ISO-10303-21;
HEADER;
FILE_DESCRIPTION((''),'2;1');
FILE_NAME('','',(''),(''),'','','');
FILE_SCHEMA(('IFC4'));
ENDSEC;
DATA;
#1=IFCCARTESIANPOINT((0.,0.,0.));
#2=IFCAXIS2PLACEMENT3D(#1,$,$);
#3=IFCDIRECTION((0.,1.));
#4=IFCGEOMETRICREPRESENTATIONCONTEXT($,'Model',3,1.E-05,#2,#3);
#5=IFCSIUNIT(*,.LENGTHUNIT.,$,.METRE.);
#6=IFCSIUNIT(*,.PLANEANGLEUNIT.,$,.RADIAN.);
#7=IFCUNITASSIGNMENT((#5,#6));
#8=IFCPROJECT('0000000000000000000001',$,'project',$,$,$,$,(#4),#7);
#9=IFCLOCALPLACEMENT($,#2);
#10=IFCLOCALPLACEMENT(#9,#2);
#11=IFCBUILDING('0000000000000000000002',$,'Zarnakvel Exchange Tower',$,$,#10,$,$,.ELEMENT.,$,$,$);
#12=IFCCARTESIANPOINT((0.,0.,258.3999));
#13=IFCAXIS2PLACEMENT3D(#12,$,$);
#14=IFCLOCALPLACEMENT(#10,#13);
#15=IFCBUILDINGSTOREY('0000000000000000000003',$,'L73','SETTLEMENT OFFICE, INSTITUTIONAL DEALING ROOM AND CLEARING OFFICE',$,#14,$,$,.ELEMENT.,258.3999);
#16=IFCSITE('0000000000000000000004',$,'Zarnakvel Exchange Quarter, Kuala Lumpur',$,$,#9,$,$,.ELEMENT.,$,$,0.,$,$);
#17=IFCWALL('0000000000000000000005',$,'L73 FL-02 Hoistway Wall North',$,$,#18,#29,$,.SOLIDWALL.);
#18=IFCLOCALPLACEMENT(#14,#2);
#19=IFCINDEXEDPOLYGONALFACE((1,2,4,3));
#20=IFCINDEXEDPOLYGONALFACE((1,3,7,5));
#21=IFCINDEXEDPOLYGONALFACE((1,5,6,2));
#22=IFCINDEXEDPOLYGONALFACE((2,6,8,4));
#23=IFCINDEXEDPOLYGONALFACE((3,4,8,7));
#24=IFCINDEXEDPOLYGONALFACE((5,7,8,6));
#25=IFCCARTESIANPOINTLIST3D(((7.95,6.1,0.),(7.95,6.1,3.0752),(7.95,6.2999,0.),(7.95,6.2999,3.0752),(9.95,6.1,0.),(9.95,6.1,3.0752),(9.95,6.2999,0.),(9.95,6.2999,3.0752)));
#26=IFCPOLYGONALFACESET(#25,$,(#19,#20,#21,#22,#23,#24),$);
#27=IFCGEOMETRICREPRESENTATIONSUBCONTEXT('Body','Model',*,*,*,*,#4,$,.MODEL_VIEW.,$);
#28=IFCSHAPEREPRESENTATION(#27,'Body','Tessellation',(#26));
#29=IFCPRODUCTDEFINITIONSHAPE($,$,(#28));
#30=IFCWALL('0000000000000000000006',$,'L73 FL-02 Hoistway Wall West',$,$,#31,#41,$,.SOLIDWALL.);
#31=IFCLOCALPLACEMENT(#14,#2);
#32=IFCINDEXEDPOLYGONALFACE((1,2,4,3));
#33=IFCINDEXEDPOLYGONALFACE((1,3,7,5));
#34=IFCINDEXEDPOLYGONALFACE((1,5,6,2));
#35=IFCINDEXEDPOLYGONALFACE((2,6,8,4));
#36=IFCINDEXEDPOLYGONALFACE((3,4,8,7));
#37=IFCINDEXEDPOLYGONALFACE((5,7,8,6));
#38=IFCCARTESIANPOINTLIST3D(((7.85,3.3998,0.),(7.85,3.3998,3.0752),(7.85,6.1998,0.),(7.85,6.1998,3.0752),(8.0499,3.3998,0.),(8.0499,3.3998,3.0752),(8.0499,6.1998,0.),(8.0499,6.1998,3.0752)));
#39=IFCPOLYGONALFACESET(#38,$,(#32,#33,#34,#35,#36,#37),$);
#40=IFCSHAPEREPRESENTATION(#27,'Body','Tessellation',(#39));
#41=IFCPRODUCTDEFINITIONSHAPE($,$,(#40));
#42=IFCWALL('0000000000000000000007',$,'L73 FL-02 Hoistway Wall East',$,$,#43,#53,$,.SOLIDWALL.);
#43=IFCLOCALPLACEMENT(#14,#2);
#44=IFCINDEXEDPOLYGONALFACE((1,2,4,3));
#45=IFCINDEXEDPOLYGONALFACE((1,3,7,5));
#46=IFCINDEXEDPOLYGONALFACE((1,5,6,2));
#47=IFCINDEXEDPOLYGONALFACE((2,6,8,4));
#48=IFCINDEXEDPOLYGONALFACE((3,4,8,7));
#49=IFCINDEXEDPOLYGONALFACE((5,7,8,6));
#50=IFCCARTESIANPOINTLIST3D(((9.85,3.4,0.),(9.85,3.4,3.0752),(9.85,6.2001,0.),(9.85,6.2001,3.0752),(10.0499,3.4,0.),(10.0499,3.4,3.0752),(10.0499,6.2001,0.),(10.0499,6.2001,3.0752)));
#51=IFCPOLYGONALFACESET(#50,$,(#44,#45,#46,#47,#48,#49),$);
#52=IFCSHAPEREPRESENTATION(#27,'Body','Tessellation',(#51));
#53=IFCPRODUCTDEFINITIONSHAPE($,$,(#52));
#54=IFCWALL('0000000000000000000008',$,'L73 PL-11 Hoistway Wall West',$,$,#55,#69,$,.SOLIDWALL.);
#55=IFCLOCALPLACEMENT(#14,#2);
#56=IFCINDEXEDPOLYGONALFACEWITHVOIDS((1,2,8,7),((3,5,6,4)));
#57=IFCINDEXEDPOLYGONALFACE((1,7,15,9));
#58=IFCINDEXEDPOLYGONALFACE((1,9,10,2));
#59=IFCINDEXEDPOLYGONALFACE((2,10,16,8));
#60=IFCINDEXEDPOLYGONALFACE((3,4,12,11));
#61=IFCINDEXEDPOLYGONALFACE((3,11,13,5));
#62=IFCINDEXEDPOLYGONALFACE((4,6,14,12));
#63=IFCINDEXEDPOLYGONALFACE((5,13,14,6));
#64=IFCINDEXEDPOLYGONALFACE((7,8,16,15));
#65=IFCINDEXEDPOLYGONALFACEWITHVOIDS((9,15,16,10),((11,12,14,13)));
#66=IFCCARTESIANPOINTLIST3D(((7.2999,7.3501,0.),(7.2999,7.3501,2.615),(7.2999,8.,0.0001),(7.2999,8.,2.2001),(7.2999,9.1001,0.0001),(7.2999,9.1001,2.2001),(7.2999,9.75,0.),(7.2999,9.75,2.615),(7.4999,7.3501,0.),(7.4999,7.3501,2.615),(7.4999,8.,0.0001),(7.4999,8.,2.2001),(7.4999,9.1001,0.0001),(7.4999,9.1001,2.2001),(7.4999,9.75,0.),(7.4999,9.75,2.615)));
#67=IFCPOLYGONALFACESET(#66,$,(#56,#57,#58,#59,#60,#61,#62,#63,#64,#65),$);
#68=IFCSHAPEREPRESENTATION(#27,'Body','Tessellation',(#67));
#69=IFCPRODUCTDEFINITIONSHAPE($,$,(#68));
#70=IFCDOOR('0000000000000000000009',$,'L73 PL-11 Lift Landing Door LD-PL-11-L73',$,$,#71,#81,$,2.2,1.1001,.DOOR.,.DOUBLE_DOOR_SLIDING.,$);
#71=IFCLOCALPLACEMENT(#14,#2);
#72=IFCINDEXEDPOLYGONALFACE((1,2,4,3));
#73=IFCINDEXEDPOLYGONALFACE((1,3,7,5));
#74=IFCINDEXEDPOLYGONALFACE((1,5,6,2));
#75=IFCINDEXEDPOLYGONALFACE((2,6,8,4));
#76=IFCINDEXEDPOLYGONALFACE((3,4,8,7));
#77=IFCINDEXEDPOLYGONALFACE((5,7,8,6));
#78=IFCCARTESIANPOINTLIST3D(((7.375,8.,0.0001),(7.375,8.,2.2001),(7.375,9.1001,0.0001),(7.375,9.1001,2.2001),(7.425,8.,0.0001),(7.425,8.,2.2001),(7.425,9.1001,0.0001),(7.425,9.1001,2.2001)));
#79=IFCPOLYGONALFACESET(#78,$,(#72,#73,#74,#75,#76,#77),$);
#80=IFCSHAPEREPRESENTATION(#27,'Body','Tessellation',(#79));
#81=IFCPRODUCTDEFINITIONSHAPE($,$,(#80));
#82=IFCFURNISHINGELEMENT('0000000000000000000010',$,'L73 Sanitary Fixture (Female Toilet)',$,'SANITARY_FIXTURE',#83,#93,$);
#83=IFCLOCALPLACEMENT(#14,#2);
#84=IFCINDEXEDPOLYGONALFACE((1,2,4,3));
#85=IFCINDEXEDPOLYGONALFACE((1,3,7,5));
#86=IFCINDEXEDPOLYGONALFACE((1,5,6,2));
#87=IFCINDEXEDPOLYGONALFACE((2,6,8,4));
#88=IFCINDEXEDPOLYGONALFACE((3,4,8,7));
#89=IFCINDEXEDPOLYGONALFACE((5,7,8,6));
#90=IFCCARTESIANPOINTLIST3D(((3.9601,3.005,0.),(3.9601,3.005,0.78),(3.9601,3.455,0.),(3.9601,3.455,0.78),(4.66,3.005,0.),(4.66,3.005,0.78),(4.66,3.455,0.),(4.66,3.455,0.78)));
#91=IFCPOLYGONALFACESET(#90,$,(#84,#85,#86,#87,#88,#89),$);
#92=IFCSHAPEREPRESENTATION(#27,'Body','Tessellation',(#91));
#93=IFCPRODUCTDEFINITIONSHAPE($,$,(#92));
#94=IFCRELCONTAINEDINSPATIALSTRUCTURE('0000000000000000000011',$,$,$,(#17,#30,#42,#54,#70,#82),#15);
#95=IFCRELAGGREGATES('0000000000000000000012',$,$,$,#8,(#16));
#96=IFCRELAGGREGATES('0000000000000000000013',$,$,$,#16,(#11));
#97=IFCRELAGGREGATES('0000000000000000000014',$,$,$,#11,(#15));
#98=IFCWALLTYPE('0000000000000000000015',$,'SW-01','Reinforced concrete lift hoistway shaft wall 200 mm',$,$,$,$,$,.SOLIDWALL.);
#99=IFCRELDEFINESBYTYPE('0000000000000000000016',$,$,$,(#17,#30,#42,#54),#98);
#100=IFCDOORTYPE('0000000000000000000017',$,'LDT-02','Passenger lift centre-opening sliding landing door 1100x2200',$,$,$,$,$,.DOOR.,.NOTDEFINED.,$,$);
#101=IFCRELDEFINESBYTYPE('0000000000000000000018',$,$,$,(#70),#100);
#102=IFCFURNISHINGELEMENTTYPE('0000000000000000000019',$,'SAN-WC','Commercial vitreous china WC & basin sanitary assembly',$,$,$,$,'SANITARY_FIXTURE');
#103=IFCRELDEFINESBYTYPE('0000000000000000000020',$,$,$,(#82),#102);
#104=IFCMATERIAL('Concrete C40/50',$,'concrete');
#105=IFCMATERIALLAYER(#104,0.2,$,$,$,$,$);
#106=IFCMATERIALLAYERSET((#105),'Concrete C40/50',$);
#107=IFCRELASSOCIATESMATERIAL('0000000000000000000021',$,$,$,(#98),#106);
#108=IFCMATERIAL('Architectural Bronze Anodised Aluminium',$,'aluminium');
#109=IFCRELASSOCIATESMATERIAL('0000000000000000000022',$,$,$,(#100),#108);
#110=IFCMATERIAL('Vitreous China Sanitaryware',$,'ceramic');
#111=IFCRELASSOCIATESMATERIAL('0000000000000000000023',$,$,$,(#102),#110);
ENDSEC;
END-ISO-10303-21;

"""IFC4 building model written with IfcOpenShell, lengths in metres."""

from ifc_helpers import new_model, si_unit, direction, frame, frame_2d, origin, origin_2d, place, context, subcontext, project, spatial, rectangle, extrude, source, transform, mapped, material, layer, layer_set, type_object, element, fill, save


model = new_model("IFC4")

# Units and contexts
model_context = context("Model", 3, precision=1e-05, world=origin(), true_north=direction((0.0, 1.0)))
body_context = subcontext(model_context, "Body", "Model", "MODEL_VIEW")
ifc_project = project(units=[si_unit("LENGTHUNIT", "METRE"), si_unit("PLANEANGLEUNIT", "RADIAN")], contexts=[model_context])

# Site, building, storey
site_placement = place(None, origin())
site = spatial("IfcSite", under=ifc_project, at=site_placement, Name="Zarnakvel Exchange Quarter, Kuala Lumpur", CompositionType="ELEMENT", RefElevation=0.0)
building_placement = place(site_placement, origin())
building = spatial("IfcBuilding", under=site, at=building_placement, Name="Zarnakvel Exchange Tower", CompositionType="ELEMENT")
storey_placement = place(building_placement, frame((0.0, 0.0, 258.3999)))
storey = spatial("IfcBuildingStorey", under=building, at=storey_placement, Name="L73", Description="SETTLEMENT OFFICE, INSTITUTIONAL DEALING ROOM AND CLEARING OFFICE", CompositionType="ELEMENT", Elevation=258.3999)

# Shared definitions
ifc_material_1 = material(Name="Concrete C40/50", Category="concrete")

# Shared definitions
ifc_layer_1 = layer(ifc_material_1, 0.2)
ifc_layer_set_1 = layer_set([ifc_layer_1], Name="Concrete C40/50")
wall_type_1 = type_object("IfcWallType", Name="SW-01", Description="Reinforced concrete lift hoistway shaft wall 200 mm", PredefinedType="SOLIDWALL", material=ifc_layer_set_1)
shared_shape_1 = source(origin(), body_context, "Body", "SweptSolid", [
    extrude(rectangle(XDim=1.1001, YDim=2.2, at=frame_2d((0.55, 1.1001))), frame((0.0, 0.0249, 0.0), z_axis=(0.0, -1.0, 0.0), x_axis=(1.0, 0.0, 0.0)), (0.0, 0.0, 1.0), 0.05),
])

# Walls
wall_1_placement = place(storey_placement, frame((7.95, 6.2, 0.0), z_axis=(0.0, 0.0, 1.0), x_axis=(1.0, 0.0, 0.0)))
element("IfcWall", 1, at=wall_1_placement, inside=storey, type_object=wall_type_1, Name="L73 FL-02 Hoistway Wall North", PredefinedType="SOLIDWALL", context=body_context, shape_type="SweptSolid", body=[
    extrude(rectangle(XDim=2.0, YDim=0.2, at=frame_2d((1.0, 0.0))), origin(), (0.0, 0.0, 1.0), 3.0752),
])
for number, where, z_axis, x_axis, name in (
    (2, (7.95, 3.3999, 0.0), (0.0, 0.0, 1.0), (0.0, 1.0, 0.0), "L73 FL-02 Hoistway Wall West"),
    (3, (9.95, 6.2, 0.0), (0.0, 0.0, 1.0), (0.0, -1.0, 0.0), "L73 FL-02 Hoistway Wall East"),
):
    element("IfcWall", number, at=place(storey_placement, frame(where, z_axis=z_axis, x_axis=x_axis)), inside=storey, type_object=wall_type_1, Name=name, PredefinedType="SOLIDWALL", context=body_context, shape_type="SweptSolid", body=[
        extrude(rectangle(XDim=2.8, YDim=0.2, at=frame_2d((1.3999, 0.0))), origin(), (0.0, 0.0, 1.0), 3.0752),
    ])

# Wall, opening, door
wall_2_placement = place(storey_placement, frame((7.3999, 7.3501, 0.0), z_axis=(0.0, 0.0, 1.0), x_axis=(0.0, 1.0, 0.0)))
wall_2 = element("IfcWall", 4, at=wall_2_placement, inside=storey, type_object=wall_type_1, Name="L73 PL-11 Hoistway Wall West", PredefinedType="SOLIDWALL", context=body_context, shape_type="SweptSolid", body=[
    extrude(rectangle(XDim=2.3999, YDim=0.2, at=frame_2d((1.2, 0.0))), origin(), (0.0, 0.0, 1.0), 2.615),
])
opening_1_placement = place(wall_2_placement, frame((0.6499, 0.0, 0.0)))
opening_1 = element("IfcOpeningElement", 5, at=opening_1_placement, cuts=wall_2, PredefinedType="OPENING", context=body_context, shape_type="SweptSolid", body=[
    extrude(rectangle(XDim=1.1001, YDim=2.2, at=frame_2d((0.55, 1.1001))), frame((0.0, 0.1099, 0.0), z_axis=(0.0, -1.0, 0.0), x_axis=(1.0, 0.0, 0.0)), (0.0, 0.0, 1.0), 0.22),
])
ifc_material_2 = material(Name="Architectural Bronze Anodised Aluminium", Category="aluminium")
door_type_1 = type_object("IfcDoorType", Name="LDT-02", Description="Passenger lift centre-opening sliding landing door 1100x2200", OperationType="NOTDEFINED", PredefinedType="DOOR", material=ifc_material_2)
door_1_placement = place(opening_1_placement, origin())
door_1 = element("IfcDoor", 6, at=door_1_placement, inside=storey, type_object=door_type_1, Name="L73 PL-11 Lift Landing Door LD-PL-11-L73", OperationType="DOUBLE_DOOR_SLIDING", OverallHeight=2.2, OverallWidth=1.1001, PredefinedType="DOOR", context=body_context, shape_type="MappedRepresentation", body=[
    mapped(shared_shape_1, transform((0.0, 0.0, 0.0), x_axis=(1.0, 0.0, 0.0), y_axis=(0.0, 1.0, 0.0), z_axis=(0.0, 0.0, 1.0), scale=1.0)),
])
fill(opening_1, door_1)

# Furnishing element
ifc_material_3 = material(Name="Vitreous China Sanitaryware", Category="ceramic")
furnishing_element_type = type_object("IfcFurnishingElementType", Name="SAN-WC", Description="Commercial vitreous china WC & basin sanitary assembly", ElementType="SANITARY_FIXTURE", material=ifc_material_3)
shared_shape_2 = source(origin(), body_context, "Body", "SweptSolid", [
    extrude(rectangle(XDim=0.7, YDim=0.45, at=origin_2d()), origin(), (0.0, 0.0, 1.0), 0.78),
])
furnishing_placement = place(storey_placement, frame((4.3101, 3.23, 0.0), z_axis=(0.0, 0.0, 1.0), x_axis=(1.0, 0.0, 0.0)))
element("IfcFurnishingElement", 7, at=furnishing_placement, inside=storey, type_object=furnishing_element_type, Name="L73 Sanitary Fixture (Female Toilet)", ObjectType="SANITARY_FIXTURE", context=body_context, shape_type="MappedRepresentation", body=[
    mapped(shared_shape_2, transform((0.0, 0.0, 0.0), x_axis=(1.0, 0.0, 0.0), y_axis=(0.0, 1.0, 0.0), z_axis=(0.0, 0.0, 1.0), scale=1.0)),
])

save(model, "model.ifc")
